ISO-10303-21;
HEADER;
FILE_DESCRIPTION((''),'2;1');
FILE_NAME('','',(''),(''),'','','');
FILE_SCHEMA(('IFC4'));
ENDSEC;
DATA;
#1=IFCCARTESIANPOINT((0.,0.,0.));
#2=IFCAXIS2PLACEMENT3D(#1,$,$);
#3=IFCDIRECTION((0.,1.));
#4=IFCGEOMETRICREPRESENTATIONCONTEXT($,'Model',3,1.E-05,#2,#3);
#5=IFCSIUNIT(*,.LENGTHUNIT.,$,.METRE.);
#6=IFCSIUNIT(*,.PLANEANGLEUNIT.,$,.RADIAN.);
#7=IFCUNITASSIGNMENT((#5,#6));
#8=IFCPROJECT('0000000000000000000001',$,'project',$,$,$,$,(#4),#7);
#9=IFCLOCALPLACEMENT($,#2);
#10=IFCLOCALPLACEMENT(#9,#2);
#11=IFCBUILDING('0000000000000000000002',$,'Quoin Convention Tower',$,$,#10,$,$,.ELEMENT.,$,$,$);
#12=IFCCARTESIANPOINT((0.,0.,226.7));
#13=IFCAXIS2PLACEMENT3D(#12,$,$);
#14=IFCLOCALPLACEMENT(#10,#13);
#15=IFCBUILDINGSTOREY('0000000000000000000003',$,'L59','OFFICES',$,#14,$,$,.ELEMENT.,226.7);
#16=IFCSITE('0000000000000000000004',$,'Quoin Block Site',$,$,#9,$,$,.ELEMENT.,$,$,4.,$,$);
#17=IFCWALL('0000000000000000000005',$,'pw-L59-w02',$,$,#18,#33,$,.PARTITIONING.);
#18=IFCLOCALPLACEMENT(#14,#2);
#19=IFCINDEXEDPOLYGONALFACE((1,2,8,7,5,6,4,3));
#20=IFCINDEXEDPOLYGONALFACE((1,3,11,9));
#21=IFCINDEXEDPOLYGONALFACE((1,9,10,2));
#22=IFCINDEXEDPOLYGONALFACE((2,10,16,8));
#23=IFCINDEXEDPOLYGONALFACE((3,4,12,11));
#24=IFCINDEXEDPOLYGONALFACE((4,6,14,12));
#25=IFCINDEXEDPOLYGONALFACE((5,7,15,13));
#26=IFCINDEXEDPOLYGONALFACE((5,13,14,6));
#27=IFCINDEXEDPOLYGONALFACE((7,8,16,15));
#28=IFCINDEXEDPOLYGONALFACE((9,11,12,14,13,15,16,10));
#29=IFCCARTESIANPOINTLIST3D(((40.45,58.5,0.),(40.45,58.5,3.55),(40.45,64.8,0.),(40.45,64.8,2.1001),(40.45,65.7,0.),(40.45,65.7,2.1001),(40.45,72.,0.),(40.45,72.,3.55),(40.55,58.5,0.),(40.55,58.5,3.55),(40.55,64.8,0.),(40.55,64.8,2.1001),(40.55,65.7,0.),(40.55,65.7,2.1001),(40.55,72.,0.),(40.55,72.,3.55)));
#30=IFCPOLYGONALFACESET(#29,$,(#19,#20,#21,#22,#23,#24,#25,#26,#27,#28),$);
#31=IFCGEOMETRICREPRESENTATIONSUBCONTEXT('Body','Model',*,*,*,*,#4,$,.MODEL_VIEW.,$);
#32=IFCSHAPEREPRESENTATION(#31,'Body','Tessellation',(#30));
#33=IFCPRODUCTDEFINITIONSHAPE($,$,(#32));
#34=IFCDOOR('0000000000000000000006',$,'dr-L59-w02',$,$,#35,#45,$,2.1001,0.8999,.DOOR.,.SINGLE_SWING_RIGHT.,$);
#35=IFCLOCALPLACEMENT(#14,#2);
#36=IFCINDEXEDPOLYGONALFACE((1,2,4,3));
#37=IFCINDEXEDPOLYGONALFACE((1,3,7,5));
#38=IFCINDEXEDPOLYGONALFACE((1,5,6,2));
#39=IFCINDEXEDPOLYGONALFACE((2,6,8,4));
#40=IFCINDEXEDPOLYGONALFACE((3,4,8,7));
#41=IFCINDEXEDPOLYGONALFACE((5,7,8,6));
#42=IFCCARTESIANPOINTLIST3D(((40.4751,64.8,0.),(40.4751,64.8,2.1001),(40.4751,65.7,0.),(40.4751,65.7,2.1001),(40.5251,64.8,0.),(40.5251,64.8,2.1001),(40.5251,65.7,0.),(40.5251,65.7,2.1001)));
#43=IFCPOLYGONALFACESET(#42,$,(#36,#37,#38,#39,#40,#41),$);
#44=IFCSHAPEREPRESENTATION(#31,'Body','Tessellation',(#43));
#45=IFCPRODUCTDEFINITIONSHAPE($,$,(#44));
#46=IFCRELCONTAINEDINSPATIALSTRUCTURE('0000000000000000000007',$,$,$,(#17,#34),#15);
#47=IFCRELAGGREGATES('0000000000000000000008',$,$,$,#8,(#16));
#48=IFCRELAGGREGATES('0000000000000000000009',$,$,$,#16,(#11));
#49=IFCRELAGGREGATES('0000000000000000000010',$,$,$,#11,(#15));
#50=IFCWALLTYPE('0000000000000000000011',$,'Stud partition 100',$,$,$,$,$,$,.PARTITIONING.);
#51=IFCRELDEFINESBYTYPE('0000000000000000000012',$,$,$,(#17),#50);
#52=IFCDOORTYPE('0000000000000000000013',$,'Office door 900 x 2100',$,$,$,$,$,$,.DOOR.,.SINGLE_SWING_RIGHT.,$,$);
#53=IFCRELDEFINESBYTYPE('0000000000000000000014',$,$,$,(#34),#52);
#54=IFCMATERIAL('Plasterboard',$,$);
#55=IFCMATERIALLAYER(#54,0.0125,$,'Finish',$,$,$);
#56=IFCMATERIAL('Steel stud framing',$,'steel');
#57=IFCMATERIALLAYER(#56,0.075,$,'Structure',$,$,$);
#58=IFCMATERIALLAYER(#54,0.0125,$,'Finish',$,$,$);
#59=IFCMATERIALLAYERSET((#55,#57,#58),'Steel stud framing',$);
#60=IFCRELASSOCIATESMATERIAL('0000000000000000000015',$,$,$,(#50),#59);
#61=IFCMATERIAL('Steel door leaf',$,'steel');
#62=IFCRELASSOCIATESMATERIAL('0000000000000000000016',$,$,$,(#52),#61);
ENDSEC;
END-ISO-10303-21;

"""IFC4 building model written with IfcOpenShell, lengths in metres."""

from ifc_helpers import new_model, si_unit, direction, frame, frame_2d, origin, place, context, subcontext, project, spatial, rectangle, extrude, material, layer, layer_set, type_object, element, fill, save


model = new_model("IFC4")

# Units and contexts
model_context = context("Model", 3, precision=1e-05, world=origin(), true_north=direction((0.0, 1.0)))
body_context = subcontext(model_context, "Body", "Model", "MODEL_VIEW")
ifc_project = project(units=[si_unit("LENGTHUNIT", "METRE"), si_unit("PLANEANGLEUNIT", "RADIAN")], contexts=[model_context])

# Site, building, storey
site_placement = place(None, origin())
site = spatial("IfcSite", under=ifc_project, at=site_placement, Name="Quoin Block Site", CompositionType="ELEMENT", RefElevation=4.0)
building_placement = place(site_placement, origin())
building = spatial("IfcBuilding", under=site, at=building_placement, Name="Quoin Convention Tower", CompositionType="ELEMENT")
storey_placement = place(building_placement, frame((0.0, 0.0, 226.7)))
storey = spatial("IfcBuildingStorey", under=building, at=storey_placement, Name="L59", Description="OFFICES", CompositionType="ELEMENT", Elevation=226.7)

# Shared definitions
ifc_material_1 = material(Name="Plasterboard")
ifc_material_2 = material(Name="Steel stud framing", Category="steel")
ifc_material_3 = material(Name="Steel door leaf", Category="steel")

# Wall, opening, door
ifc_layer_1 = layer(ifc_material_1, 0.0125, Name="Finish")
ifc_layer_2 = layer(ifc_material_2, 0.075, Name="Structure")
ifc_layer_3 = layer(ifc_material_1, 0.0125, Name="Finish")
ifc_layer_set_1 = layer_set([ifc_layer_1, ifc_layer_2, ifc_layer_3], Name="Steel stud framing")
wall_type_1 = type_object("IfcWallType", Name="Stud partition 100", PredefinedType="PARTITIONING", material=ifc_layer_set_1)
wall_1_placement = place(storey_placement, frame((40.5, 72.0, 0.0), z_axis=(0.0, 0.0, 1.0), x_axis=(0.0, -1.0, 0.0)))
wall_1 = element("IfcWall", 1, at=wall_1_placement, inside=storey, type_object=wall_type_1, Name="pw-L59-w02", PredefinedType="PARTITIONING", context=body_context, shape_type="SweptSolid", body=[
    extrude(rectangle(XDim=13.5, YDim=0.1001, at=frame_2d((6.75, 0.0))), origin(), (0.0, 0.0, 1.0), 3.55),
])
opening_1_placement = place(wall_1_placement, frame((6.3, 0.0, 0.0)))
opening_1 = element("IfcOpeningElement", 2, at=opening_1_placement, cuts=wall_1, PredefinedType="OPENING", context=body_context, shape_type="SweptSolid", body=[
    extrude(rectangle(XDim=0.8999, YDim=2.1001, at=frame_2d((0.45, 1.05))), frame((0.0, 0.0601, 0.0), z_axis=(0.0, -1.0, 0.0), x_axis=(1.0, 0.0, 0.0)), (0.0, 0.0, 1.0), 0.1201),
])
door_type_1 = type_object("IfcDoorType", Name="Office door 900 x 2100", OperationType="SINGLE_SWING_RIGHT", PredefinedType="DOOR", material=ifc_material_3)
door_1_placement = place(opening_1_placement, frame((0.8999, 0.0, 0.0), z_axis=(0.0, 0.0, 1.0), x_axis=(-1.0, 0.0, 0.0)))
door_1 = element("IfcDoor", 3, at=door_1_placement, inside=storey, type_object=door_type_1, Name="dr-L59-w02", OperationType="SINGLE_SWING_RIGHT", OverallHeight=2.1001, OverallWidth=0.8999, PredefinedType="DOOR", context=body_context, shape_type="SweptSolid", body=[
    extrude(rectangle(XDim=0.8999, YDim=2.1001, at=frame_2d((0.45, 1.05))), frame((0.0, 0.0249, 0.0), z_axis=(0.0, -1.0, 0.0), x_axis=(1.0, 0.0, 0.0)), (0.0, 0.0, 1.0), 0.05),
])
fill(opening_1, door_1)

save(model, "model.ifc")
